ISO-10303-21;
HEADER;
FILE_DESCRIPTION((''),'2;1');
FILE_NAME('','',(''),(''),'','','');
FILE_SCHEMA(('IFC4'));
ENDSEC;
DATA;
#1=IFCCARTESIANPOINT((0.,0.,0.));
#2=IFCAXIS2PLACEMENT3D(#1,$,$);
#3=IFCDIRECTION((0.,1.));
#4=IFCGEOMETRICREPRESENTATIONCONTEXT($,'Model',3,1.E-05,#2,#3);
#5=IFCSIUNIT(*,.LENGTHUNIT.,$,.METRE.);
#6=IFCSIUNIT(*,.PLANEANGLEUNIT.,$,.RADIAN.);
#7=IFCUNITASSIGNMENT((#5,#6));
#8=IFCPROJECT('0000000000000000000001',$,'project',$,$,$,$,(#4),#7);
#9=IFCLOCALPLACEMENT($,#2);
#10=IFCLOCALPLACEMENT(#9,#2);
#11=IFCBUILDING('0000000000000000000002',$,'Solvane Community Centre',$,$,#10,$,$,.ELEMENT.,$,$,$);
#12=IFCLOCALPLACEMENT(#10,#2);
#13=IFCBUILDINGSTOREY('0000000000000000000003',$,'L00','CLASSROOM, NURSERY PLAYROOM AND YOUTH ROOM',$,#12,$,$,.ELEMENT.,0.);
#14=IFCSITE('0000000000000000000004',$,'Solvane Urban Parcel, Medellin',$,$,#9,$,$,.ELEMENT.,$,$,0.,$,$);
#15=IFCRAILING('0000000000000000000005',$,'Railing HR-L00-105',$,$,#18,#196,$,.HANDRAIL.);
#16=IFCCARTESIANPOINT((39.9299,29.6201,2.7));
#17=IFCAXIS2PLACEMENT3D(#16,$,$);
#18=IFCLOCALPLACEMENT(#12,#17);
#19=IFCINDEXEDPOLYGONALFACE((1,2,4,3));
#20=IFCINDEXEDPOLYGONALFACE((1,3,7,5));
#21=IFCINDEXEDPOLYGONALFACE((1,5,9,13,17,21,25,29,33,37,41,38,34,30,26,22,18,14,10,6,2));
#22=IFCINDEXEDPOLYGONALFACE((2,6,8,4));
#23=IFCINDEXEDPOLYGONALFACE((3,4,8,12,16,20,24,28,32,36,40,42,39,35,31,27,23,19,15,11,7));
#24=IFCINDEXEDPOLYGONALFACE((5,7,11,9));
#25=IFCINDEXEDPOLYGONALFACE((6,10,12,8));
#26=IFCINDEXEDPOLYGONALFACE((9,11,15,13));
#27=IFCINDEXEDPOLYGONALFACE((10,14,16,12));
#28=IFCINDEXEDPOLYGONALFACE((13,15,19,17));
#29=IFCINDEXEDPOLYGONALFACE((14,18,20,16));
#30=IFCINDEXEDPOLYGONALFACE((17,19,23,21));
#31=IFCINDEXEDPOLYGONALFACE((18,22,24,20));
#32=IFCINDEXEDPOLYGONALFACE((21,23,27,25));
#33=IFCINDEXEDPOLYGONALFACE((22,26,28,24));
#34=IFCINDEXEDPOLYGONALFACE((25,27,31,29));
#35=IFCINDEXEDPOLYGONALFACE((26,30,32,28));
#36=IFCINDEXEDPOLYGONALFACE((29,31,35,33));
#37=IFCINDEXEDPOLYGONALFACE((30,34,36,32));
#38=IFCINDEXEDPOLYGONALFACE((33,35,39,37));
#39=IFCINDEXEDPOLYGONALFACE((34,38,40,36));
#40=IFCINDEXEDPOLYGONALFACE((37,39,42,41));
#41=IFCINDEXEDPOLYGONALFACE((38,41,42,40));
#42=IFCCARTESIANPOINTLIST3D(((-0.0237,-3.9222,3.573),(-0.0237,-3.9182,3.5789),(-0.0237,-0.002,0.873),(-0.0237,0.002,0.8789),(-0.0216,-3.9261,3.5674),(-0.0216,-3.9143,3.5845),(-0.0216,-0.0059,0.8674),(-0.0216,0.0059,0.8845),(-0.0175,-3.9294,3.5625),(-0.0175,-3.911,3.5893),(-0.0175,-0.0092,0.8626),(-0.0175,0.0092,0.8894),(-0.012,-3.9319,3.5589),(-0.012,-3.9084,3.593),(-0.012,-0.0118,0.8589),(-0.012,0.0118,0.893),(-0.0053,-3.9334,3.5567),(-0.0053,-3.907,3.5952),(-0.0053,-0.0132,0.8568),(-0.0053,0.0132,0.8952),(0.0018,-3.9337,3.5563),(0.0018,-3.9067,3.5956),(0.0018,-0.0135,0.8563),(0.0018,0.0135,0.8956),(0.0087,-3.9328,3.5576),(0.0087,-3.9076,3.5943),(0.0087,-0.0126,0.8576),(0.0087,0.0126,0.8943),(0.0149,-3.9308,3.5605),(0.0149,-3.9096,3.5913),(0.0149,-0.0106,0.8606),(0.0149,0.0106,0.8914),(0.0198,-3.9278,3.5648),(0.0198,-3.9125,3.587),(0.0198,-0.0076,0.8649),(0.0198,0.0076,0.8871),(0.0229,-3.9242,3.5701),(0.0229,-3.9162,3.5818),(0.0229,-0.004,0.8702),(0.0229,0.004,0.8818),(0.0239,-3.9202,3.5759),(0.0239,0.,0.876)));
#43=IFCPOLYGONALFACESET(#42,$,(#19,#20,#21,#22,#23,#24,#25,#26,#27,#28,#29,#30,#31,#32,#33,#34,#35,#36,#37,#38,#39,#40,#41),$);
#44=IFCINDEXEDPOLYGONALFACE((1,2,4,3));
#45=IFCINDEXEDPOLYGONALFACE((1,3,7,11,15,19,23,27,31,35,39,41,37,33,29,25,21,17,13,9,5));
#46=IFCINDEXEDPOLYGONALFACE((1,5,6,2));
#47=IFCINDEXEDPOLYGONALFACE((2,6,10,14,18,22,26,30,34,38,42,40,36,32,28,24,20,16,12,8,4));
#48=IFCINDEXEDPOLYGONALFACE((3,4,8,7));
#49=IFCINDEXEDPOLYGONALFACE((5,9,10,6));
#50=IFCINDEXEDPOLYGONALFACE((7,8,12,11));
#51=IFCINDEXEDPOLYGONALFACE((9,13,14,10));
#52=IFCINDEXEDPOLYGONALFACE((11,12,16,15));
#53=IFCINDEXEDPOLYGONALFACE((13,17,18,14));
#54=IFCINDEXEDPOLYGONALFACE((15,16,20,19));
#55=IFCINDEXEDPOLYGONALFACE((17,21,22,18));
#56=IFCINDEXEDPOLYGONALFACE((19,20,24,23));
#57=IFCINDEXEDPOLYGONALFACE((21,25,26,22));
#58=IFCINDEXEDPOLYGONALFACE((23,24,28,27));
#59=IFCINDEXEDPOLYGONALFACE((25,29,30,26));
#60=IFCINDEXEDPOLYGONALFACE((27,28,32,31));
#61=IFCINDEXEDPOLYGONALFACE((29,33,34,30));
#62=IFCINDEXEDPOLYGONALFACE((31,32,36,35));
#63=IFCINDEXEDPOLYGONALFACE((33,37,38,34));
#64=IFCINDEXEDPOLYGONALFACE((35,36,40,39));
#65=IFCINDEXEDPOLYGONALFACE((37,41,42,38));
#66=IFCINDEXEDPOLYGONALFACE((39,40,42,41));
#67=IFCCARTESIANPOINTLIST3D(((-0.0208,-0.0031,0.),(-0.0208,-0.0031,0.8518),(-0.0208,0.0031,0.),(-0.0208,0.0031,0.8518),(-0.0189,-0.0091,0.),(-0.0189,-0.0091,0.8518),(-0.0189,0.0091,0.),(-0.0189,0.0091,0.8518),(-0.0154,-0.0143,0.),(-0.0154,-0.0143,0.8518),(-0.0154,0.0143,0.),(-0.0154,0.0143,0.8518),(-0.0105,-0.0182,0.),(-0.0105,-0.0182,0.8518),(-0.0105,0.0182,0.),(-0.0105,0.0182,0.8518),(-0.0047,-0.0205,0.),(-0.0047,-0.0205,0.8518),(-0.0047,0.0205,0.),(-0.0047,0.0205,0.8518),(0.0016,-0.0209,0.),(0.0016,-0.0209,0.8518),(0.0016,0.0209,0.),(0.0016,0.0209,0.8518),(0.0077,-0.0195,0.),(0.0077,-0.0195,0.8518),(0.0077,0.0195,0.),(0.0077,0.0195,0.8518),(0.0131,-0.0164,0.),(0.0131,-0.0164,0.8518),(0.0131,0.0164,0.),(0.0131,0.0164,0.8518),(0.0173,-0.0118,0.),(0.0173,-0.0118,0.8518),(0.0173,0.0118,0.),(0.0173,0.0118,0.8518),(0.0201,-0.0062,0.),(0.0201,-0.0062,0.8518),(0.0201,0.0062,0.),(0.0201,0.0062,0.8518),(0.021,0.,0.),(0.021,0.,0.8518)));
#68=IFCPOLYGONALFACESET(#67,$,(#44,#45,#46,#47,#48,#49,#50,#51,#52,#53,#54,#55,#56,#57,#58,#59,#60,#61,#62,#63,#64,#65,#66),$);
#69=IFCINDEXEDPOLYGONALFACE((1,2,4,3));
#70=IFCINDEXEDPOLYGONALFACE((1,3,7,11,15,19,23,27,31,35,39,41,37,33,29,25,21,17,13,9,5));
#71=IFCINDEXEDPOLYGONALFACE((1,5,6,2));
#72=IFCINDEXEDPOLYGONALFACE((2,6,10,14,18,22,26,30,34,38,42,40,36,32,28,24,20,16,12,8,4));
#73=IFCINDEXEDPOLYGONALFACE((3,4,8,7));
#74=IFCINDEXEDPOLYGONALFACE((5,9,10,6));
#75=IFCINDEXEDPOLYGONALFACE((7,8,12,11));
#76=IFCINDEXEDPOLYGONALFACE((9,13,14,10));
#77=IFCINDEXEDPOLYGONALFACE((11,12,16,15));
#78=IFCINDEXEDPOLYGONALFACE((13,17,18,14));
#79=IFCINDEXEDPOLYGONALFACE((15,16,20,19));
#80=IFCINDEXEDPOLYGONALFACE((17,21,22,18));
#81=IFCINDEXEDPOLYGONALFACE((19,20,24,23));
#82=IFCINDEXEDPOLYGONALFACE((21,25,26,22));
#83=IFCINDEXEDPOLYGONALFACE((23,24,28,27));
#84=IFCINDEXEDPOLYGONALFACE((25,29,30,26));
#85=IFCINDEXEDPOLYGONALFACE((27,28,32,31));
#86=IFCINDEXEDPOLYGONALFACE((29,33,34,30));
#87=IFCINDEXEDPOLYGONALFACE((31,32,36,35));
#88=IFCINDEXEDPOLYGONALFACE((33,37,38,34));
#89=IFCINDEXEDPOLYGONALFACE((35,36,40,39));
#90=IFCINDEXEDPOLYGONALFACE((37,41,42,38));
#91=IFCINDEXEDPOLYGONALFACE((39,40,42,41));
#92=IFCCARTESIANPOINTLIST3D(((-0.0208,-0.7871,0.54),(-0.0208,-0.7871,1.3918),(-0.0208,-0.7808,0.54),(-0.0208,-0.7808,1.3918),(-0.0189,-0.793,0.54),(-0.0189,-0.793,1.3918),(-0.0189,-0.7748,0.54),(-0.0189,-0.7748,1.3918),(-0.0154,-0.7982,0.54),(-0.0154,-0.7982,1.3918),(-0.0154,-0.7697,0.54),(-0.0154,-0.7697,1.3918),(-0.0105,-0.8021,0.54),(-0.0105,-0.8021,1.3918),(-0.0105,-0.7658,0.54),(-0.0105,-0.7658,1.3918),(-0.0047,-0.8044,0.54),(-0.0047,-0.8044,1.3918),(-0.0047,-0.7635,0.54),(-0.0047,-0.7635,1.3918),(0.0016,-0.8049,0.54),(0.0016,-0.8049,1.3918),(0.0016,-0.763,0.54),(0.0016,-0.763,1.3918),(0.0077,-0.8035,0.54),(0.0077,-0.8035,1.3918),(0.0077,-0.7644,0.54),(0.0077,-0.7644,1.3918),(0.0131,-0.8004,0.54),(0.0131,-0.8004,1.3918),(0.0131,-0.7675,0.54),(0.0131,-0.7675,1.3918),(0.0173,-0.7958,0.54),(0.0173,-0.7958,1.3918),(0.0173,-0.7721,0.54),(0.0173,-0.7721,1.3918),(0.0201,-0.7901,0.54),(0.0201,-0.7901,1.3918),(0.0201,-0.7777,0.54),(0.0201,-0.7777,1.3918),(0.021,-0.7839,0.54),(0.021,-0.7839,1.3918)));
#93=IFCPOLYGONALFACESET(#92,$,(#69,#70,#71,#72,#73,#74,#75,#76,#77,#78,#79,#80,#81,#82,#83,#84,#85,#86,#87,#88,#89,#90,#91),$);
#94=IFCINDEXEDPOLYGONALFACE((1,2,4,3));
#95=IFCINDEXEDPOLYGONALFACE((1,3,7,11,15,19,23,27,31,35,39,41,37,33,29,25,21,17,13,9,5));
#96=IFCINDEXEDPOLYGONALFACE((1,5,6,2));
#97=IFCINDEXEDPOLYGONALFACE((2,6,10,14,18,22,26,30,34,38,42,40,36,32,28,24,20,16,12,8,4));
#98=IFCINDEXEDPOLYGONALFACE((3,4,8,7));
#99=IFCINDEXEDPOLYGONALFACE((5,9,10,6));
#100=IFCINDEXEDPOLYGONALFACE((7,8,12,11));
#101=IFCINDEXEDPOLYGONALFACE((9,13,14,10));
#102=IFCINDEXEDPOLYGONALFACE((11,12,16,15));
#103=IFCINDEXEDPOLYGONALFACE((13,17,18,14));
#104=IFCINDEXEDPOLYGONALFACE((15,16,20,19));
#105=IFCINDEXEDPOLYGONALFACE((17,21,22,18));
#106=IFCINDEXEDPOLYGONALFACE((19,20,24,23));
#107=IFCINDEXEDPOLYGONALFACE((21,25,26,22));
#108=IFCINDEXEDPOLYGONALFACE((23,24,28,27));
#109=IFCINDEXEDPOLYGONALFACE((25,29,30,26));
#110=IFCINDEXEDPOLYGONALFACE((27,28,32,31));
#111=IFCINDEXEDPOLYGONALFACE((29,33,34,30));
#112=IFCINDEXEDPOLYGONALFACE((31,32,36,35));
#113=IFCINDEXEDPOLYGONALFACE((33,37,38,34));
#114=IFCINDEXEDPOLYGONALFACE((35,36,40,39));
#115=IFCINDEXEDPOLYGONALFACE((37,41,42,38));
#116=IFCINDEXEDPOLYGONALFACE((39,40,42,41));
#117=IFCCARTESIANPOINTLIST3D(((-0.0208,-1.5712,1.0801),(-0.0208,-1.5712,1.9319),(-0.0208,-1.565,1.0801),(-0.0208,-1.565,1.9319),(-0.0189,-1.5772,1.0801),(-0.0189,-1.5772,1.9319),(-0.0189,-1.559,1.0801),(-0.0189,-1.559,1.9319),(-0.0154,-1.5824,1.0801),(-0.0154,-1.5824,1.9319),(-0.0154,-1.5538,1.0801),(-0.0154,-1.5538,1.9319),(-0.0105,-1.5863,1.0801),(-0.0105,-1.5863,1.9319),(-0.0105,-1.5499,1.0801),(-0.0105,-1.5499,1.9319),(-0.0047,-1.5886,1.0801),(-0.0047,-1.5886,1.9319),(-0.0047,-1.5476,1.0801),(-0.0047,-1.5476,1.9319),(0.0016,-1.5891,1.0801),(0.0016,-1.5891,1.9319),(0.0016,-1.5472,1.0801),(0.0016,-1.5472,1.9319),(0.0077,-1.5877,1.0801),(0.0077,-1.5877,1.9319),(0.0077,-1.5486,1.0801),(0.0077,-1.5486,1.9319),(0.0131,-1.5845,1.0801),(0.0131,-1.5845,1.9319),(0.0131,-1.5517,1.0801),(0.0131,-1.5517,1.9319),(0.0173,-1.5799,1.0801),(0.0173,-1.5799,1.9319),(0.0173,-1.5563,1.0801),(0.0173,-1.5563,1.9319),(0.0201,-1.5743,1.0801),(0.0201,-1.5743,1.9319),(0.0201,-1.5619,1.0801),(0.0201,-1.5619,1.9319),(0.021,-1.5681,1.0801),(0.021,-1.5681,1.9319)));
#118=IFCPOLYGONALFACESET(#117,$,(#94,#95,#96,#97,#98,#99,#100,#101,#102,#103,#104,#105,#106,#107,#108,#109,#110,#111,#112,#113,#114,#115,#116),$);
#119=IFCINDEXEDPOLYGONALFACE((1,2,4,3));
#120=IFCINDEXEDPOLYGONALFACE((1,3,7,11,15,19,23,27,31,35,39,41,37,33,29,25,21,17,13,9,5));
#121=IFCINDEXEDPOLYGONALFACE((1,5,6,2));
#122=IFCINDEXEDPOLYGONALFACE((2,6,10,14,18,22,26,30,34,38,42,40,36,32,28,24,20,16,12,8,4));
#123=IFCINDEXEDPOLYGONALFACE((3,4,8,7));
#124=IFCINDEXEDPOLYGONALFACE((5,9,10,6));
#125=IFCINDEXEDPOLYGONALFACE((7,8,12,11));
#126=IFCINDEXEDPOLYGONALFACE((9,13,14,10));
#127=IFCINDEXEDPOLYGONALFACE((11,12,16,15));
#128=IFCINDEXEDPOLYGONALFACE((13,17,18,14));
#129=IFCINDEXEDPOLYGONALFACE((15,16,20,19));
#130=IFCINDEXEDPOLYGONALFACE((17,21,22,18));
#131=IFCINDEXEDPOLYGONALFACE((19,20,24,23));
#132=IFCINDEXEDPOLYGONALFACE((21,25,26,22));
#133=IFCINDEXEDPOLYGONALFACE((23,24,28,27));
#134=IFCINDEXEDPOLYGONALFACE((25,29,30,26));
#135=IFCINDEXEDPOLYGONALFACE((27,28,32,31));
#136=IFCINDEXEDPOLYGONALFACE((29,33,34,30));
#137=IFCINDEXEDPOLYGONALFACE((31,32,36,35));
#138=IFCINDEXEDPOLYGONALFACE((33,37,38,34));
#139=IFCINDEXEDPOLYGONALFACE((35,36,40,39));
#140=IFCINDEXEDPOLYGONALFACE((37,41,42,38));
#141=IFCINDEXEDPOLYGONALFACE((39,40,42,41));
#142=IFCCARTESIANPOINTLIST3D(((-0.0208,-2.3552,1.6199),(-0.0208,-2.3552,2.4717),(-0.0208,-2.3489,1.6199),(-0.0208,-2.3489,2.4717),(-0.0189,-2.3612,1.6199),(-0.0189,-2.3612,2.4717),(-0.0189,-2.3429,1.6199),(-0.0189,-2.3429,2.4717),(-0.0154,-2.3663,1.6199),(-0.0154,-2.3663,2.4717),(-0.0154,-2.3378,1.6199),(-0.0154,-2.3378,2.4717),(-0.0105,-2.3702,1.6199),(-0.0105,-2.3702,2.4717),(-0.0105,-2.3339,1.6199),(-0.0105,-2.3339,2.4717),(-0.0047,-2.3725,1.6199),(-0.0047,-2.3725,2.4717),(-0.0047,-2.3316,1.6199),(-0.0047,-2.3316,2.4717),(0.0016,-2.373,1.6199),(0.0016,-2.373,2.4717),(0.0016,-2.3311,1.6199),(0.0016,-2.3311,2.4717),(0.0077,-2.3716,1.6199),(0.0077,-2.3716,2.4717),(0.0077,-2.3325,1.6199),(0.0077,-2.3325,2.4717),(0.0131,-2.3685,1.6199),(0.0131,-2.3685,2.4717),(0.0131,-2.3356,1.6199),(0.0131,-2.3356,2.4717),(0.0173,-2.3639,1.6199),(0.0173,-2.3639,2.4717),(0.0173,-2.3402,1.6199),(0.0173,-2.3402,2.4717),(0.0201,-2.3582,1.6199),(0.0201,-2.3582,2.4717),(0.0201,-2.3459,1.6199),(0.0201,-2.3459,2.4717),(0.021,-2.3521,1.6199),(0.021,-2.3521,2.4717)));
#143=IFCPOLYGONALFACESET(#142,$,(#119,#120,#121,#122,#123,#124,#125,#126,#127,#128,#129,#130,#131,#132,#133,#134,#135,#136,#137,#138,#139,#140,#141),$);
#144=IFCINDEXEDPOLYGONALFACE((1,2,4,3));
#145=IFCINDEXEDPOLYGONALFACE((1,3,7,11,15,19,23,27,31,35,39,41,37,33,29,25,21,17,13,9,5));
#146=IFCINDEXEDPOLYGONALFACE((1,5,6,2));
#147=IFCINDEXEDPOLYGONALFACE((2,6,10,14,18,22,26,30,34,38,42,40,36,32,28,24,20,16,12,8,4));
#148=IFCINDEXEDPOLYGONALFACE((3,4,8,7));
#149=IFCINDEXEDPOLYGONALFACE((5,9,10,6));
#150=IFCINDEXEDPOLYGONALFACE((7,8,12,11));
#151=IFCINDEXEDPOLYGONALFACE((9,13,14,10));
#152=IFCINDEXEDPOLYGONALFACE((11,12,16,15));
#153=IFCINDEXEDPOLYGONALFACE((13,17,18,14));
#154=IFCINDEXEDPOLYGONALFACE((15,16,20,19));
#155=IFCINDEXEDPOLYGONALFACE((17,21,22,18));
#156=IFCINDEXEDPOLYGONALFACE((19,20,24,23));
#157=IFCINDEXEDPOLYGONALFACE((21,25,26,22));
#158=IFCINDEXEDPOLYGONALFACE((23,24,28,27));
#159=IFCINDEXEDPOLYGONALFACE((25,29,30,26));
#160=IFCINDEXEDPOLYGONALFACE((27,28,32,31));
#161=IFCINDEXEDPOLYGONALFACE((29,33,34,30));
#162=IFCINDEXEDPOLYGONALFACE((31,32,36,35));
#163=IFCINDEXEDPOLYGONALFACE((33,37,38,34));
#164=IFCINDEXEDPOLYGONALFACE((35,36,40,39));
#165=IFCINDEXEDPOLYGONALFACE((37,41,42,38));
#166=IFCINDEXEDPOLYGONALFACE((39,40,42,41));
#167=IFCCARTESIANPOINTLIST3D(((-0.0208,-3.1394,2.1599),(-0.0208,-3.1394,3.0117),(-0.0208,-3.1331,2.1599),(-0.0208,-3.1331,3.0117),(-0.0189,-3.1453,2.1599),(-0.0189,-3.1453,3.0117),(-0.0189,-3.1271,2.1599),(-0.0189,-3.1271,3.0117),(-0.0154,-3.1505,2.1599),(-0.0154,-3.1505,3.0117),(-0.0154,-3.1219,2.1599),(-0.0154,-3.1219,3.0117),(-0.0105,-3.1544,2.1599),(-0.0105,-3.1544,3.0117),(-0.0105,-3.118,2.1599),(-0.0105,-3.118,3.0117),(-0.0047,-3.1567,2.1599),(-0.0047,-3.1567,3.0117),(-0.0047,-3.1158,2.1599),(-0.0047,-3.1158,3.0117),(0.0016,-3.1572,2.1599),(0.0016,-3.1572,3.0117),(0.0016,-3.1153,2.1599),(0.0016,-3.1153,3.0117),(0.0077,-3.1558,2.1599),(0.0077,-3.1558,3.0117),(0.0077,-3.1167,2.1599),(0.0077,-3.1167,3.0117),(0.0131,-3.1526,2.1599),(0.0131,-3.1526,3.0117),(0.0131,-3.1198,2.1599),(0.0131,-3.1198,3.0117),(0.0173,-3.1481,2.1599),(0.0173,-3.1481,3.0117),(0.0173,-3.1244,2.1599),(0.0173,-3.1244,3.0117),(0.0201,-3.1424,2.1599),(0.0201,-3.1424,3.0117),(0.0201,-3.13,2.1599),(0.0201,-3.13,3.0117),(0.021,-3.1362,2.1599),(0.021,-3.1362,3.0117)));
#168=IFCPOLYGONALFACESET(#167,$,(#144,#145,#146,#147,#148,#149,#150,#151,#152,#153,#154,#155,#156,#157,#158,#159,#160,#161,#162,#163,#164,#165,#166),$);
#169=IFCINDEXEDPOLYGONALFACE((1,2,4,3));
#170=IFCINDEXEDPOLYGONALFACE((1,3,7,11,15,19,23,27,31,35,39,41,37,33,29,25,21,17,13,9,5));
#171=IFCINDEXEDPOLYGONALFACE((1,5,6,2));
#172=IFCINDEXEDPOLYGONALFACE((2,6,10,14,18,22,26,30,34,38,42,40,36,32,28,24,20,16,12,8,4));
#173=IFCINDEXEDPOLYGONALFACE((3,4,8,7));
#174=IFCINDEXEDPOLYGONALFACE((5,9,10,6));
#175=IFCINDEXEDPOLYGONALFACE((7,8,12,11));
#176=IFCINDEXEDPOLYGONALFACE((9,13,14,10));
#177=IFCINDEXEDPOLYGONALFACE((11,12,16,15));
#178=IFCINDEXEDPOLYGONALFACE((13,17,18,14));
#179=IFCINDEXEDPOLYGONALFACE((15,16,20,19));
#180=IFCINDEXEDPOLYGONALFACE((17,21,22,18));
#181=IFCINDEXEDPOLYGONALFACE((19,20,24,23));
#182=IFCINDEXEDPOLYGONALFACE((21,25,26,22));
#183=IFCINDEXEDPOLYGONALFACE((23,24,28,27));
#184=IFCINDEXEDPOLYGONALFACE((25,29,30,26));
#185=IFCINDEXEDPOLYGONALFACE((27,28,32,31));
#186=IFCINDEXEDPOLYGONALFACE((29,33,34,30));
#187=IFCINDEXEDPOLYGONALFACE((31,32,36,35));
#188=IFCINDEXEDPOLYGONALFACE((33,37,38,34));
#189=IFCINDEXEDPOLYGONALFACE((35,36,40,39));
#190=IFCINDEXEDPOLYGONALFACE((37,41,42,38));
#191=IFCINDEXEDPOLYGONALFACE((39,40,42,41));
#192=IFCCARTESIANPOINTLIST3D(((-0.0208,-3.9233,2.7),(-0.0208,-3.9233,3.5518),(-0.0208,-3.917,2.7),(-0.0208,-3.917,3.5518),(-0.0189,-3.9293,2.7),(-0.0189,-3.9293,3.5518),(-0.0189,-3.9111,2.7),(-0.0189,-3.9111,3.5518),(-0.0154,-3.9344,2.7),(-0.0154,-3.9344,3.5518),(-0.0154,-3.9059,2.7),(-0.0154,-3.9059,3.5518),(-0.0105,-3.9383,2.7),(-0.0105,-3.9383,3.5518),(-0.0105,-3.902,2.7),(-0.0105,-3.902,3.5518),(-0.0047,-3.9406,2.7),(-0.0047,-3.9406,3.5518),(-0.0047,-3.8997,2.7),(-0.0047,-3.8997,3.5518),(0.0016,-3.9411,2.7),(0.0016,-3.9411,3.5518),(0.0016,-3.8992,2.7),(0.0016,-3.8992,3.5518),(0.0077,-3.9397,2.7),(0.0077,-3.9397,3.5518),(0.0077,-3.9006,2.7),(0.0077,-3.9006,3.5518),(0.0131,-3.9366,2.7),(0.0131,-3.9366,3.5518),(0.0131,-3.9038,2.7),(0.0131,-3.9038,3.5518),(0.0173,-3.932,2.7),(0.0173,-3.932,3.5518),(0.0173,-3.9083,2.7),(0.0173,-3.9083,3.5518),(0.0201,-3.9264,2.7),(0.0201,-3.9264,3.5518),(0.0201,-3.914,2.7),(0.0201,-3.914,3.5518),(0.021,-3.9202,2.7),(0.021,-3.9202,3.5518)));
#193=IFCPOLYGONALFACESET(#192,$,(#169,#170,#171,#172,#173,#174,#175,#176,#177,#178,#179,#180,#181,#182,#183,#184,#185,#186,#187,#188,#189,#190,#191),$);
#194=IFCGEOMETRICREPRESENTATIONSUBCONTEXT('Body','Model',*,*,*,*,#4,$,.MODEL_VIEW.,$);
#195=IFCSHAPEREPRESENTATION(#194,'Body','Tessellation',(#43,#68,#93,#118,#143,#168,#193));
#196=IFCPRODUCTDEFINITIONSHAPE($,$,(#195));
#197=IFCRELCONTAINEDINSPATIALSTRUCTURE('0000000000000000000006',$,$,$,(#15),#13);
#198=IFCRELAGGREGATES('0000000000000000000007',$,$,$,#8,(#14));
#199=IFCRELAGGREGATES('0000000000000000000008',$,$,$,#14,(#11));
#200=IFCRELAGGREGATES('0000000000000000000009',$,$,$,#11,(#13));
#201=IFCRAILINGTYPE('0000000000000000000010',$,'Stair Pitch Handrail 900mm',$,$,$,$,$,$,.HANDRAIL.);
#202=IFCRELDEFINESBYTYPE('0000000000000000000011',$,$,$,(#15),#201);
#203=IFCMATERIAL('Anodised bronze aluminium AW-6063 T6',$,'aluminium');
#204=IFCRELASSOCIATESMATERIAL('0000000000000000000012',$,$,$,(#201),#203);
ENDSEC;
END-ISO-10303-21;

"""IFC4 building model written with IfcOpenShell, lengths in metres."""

from ifc_helpers import new_model, si_unit, direction, frame, origin, origin_2d, place, context, subcontext, project, spatial, circle, extrude, material, type_object, element, save


model = new_model("IFC4")

# Units and contexts
model_context = context("Model", 3, precision=1e-05, world=origin(), true_north=direction((0.0, 1.0)))
body_context = subcontext(model_context, "Body", "Model", "MODEL_VIEW")
ifc_project = project(units=[si_unit("LENGTHUNIT", "METRE"), si_unit("PLANEANGLEUNIT", "RADIAN")], contexts=[model_context])

# Site, building, storey
site_placement = place(None, origin())
site = spatial("IfcSite", under=ifc_project, at=site_placement, Name="Solvane Urban Parcel, Medellin", CompositionType="ELEMENT", RefElevation=0.0)
building_placement = place(site_placement, origin())
building = spatial("IfcBuilding", under=site, at=building_placement, Name="Solvane Community Centre", CompositionType="ELEMENT")
storey_placement = place(building_placement, origin())
storey = spatial("IfcBuildingStorey", under=building, at=storey_placement, Name="L00", Description="CLASSROOM, NURSERY PLAYROOM AND YOUTH ROOM", CompositionType="ELEMENT", Elevation=0.0)

# Shared definitions
ifc_material_1 = material(Name="Anodised bronze aluminium AW-6063 T6", Category="aluminium")

# Railing
railing_type = type_object("IfcRailingType", Name="Stair Pitch Handrail 900mm", PredefinedType="HANDRAIL", material=ifc_material_1)
railing_1_placement = place(storey_placement, frame((39.9299, 29.6201, 2.7)))
element("IfcRailing", 1, at=railing_1_placement, inside=storey, type_object=railing_type, Name="Railing HR-L00-105", PredefinedType="HANDRAIL", context=body_context, shape_type="SweptSolid", body=[
    extrude(circle(Radius=0.0239, at=origin_2d()), frame((0.0, 0.0, 0.876), z_axis=(0.0, -0.823567, 0.567219), x_axis=(1.0, 0.0, 0.0)), (0.0, 0.0, 1.0), 4.76),
    extrude(circle(Radius=0.021, at=origin_2d()), origin(), (0.0, 0.0, 1.0), 0.8518),
    extrude(circle(Radius=0.021, at=origin_2d()), frame((0.0, -0.7839, 0.54)), (0.0, 0.0, 1.0), 0.8518),
    extrude(circle(Radius=0.021, at=origin_2d()), frame((0.0, -1.5681, 1.0801)), (0.0, 0.0, 1.0), 0.8518),
    extrude(circle(Radius=0.021, at=origin_2d()), frame((0.0, -2.3521, 1.6199)), (0.0, 0.0, 1.0), 0.8518),
    extrude(circle(Radius=0.021, at=origin_2d()), frame((0.0, -3.1362, 2.1599)), (0.0, 0.0, 1.0), 0.8518),
    extrude(circle(Radius=0.021, at=origin_2d()), frame((0.0, -3.9202, 2.7)), (0.0, 0.0, 1.0), 0.8518),
])

save(model, "model.ifc")
